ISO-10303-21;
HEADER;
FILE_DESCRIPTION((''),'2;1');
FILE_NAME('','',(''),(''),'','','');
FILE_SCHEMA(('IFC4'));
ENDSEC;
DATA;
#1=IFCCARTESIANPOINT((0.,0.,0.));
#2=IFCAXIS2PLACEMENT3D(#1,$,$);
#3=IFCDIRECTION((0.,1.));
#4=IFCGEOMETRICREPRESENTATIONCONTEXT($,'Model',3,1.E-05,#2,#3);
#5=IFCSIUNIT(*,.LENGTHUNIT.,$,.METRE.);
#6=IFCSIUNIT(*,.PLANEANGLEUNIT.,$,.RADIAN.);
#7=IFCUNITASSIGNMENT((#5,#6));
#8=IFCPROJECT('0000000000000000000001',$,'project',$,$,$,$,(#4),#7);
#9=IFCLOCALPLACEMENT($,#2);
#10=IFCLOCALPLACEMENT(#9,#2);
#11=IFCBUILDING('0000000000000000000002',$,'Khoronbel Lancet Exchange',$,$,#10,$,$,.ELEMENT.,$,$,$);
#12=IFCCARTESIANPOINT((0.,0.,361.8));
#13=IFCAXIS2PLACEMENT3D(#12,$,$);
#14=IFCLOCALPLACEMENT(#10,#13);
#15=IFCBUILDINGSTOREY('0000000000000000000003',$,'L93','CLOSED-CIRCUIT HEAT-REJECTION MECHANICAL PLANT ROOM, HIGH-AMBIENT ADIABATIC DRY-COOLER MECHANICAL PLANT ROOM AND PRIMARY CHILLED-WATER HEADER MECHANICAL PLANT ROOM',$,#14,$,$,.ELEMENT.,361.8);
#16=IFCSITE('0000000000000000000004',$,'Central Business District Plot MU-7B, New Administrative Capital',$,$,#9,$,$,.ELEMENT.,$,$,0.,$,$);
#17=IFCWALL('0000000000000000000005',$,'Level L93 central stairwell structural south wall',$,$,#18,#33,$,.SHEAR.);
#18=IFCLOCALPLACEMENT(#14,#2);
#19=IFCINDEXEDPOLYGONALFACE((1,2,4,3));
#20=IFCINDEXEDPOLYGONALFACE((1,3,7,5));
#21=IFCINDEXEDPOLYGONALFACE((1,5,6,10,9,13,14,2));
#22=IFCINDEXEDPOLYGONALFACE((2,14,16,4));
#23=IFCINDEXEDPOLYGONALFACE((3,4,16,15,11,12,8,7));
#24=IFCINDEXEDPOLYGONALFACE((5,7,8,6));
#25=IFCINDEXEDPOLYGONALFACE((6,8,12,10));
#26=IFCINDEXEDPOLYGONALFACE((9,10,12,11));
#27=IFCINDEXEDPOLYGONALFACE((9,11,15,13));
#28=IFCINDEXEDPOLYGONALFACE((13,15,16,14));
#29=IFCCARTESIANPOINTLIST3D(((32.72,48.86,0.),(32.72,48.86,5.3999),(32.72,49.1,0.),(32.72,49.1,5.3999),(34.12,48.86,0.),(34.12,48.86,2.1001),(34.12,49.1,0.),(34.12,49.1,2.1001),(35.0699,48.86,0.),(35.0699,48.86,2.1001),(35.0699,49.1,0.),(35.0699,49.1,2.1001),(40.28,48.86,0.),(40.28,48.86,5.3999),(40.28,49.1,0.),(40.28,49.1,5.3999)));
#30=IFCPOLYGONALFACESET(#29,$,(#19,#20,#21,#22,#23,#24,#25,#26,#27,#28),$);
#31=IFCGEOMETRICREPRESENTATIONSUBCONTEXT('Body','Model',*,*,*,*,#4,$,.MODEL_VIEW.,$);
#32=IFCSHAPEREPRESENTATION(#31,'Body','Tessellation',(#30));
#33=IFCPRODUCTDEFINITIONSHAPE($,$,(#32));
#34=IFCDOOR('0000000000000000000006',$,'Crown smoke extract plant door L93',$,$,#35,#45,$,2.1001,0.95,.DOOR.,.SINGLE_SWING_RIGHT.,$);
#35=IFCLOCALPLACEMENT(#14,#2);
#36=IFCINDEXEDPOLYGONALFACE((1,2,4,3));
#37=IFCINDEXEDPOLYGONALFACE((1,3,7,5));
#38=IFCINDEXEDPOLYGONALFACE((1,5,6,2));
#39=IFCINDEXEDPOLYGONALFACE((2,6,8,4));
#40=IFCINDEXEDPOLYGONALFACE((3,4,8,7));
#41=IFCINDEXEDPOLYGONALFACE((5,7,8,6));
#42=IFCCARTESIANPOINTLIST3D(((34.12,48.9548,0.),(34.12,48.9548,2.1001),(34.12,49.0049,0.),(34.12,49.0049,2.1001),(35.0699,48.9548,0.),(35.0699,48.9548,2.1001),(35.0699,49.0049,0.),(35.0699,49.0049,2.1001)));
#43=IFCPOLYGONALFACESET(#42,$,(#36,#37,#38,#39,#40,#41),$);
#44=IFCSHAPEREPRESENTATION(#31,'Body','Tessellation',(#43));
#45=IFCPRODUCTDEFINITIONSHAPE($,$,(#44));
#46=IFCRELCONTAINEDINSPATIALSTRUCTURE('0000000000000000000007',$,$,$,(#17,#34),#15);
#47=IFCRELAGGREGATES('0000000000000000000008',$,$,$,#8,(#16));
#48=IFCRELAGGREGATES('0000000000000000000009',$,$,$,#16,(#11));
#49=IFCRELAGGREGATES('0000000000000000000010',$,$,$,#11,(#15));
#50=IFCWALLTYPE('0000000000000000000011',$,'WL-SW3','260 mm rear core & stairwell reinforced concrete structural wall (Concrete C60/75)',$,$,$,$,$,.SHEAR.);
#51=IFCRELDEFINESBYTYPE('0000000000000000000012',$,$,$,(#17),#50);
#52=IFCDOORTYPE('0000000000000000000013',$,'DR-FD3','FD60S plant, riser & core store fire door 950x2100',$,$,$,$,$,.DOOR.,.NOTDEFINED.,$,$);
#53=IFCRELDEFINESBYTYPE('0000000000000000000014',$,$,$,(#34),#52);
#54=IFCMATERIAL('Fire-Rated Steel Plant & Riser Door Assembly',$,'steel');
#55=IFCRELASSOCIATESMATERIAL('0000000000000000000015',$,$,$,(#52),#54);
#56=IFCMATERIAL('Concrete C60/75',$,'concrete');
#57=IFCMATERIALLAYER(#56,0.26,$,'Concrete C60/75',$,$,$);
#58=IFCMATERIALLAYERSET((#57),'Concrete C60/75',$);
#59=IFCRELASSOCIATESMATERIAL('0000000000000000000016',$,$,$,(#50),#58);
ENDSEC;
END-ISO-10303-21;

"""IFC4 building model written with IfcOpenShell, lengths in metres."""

from ifc_helpers import new_model, si_unit, direction, frame, frame_2d, origin, place, context, subcontext, project, spatial, rectangle, extrude, material, layer, layer_set, type_object, element, fill, save


model = new_model("IFC4")

# Units and contexts
model_context = context("Model", 3, precision=1e-05, world=origin(), true_north=direction((0.0, 1.0)))
body_context = subcontext(model_context, "Body", "Model", "MODEL_VIEW")
ifc_project = project(units=[si_unit("LENGTHUNIT", "METRE"), si_unit("PLANEANGLEUNIT", "RADIAN")], contexts=[model_context])

# Site, building, storey
site_placement = place(None, origin())
site = spatial("IfcSite", under=ifc_project, at=site_placement, Name="Central Business District Plot MU-7B, New Administrative Capital", CompositionType="ELEMENT", RefElevation=0.0)
building_placement = place(site_placement, origin())
building = spatial("IfcBuilding", under=site, at=building_placement, Name="Khoronbel Lancet Exchange", CompositionType="ELEMENT")
storey_placement = place(building_placement, frame((0.0, 0.0, 361.8)))
storey = spatial("IfcBuildingStorey", under=building, at=storey_placement, Name="L93", Description="CLOSED-CIRCUIT HEAT-REJECTION MECHANICAL PLANT ROOM, HIGH-AMBIENT ADIABATIC DRY-COOLER MECHANICAL PLANT ROOM AND PRIMARY CHILLED-WATER HEADER MECHANICAL PLANT ROOM", CompositionType="ELEMENT", Elevation=361.8)

# Shared definitions
ifc_material_1 = material(Name="Fire-Rated Steel Plant & Riser Door Assembly", Category="steel")
door_type = type_object("IfcDoorType", Name="DR-FD3", Description="FD60S plant, riser & core store fire door 950x2100", OperationType="NOTDEFINED", PredefinedType="DOOR", material=ifc_material_1)

# Shared definitions
ifc_material_2 = material(Name="Concrete C60/75", Category="concrete")
ifc_layer_1 = layer(ifc_material_2, 0.26, Name="Concrete C60/75")
ifc_layer_set_1 = layer_set([ifc_layer_1], Name="Concrete C60/75")
wall_type_1 = type_object("IfcWallType", Name="WL-SW3", Description="260 mm rear core & stairwell reinforced concrete structural wall (Concrete C60/75)", PredefinedType="SHEAR", material=ifc_layer_set_1)

# Wall, opening, door
wall_1_placement = place(storey_placement, frame((32.72, 48.98, 0.0), z_axis=(0.0, 0.0, 1.0), x_axis=(1.0, 0.0, 0.0)))
wall_1 = element("IfcWall", 1, at=wall_1_placement, inside=storey, type_object=wall_type_1, Name="Level L93 central stairwell structural south wall", PredefinedType="SHEAR", context=body_context, shape_type="SweptSolid", body=[
    extrude(rectangle(XDim=7.5601, YDim=0.24, at=frame_2d((3.78, 0.0))), origin(), (0.0, 0.0, 1.0), 5.3999),
])
opening_1_placement = place(wall_1_placement, frame((1.3999, 0.0, 0.0)))
opening_1 = element("IfcOpeningElement", 2, at=opening_1_placement, cuts=wall_1, PredefinedType="OPENING", context=body_context, shape_type="SweptSolid", body=[
    extrude(rectangle(XDim=0.95, YDim=2.1001, at=frame_2d((0.4751, 1.05))), frame((0.0, 0.1299, 0.0), z_axis=(0.0, -1.0, 0.0), x_axis=(1.0, 0.0, 0.0)), (0.0, 0.0, 1.0), 0.26),
])
door_1_placement = place(opening_1_placement, origin())
door_1 = element("IfcDoor", 3, at=door_1_placement, inside=storey, type_object=door_type, Name="Crown smoke extract plant door L93", OperationType="SINGLE_SWING_RIGHT", OverallHeight=2.1001, OverallWidth=0.95, PredefinedType="DOOR", context=body_context, shape_type="SweptSolid", body=[
    extrude(rectangle(XDim=0.95, YDim=2.1001, at=frame_2d((0.4751, 1.05))), frame((0.0, 0.0249, 0.0), z_axis=(0.0, -1.0, 0.0), x_axis=(1.0, 0.0, 0.0)), (0.0, 0.0, 1.0), 0.05),
])
fill(opening_1, door_1)

save(model, "model.ifc")
